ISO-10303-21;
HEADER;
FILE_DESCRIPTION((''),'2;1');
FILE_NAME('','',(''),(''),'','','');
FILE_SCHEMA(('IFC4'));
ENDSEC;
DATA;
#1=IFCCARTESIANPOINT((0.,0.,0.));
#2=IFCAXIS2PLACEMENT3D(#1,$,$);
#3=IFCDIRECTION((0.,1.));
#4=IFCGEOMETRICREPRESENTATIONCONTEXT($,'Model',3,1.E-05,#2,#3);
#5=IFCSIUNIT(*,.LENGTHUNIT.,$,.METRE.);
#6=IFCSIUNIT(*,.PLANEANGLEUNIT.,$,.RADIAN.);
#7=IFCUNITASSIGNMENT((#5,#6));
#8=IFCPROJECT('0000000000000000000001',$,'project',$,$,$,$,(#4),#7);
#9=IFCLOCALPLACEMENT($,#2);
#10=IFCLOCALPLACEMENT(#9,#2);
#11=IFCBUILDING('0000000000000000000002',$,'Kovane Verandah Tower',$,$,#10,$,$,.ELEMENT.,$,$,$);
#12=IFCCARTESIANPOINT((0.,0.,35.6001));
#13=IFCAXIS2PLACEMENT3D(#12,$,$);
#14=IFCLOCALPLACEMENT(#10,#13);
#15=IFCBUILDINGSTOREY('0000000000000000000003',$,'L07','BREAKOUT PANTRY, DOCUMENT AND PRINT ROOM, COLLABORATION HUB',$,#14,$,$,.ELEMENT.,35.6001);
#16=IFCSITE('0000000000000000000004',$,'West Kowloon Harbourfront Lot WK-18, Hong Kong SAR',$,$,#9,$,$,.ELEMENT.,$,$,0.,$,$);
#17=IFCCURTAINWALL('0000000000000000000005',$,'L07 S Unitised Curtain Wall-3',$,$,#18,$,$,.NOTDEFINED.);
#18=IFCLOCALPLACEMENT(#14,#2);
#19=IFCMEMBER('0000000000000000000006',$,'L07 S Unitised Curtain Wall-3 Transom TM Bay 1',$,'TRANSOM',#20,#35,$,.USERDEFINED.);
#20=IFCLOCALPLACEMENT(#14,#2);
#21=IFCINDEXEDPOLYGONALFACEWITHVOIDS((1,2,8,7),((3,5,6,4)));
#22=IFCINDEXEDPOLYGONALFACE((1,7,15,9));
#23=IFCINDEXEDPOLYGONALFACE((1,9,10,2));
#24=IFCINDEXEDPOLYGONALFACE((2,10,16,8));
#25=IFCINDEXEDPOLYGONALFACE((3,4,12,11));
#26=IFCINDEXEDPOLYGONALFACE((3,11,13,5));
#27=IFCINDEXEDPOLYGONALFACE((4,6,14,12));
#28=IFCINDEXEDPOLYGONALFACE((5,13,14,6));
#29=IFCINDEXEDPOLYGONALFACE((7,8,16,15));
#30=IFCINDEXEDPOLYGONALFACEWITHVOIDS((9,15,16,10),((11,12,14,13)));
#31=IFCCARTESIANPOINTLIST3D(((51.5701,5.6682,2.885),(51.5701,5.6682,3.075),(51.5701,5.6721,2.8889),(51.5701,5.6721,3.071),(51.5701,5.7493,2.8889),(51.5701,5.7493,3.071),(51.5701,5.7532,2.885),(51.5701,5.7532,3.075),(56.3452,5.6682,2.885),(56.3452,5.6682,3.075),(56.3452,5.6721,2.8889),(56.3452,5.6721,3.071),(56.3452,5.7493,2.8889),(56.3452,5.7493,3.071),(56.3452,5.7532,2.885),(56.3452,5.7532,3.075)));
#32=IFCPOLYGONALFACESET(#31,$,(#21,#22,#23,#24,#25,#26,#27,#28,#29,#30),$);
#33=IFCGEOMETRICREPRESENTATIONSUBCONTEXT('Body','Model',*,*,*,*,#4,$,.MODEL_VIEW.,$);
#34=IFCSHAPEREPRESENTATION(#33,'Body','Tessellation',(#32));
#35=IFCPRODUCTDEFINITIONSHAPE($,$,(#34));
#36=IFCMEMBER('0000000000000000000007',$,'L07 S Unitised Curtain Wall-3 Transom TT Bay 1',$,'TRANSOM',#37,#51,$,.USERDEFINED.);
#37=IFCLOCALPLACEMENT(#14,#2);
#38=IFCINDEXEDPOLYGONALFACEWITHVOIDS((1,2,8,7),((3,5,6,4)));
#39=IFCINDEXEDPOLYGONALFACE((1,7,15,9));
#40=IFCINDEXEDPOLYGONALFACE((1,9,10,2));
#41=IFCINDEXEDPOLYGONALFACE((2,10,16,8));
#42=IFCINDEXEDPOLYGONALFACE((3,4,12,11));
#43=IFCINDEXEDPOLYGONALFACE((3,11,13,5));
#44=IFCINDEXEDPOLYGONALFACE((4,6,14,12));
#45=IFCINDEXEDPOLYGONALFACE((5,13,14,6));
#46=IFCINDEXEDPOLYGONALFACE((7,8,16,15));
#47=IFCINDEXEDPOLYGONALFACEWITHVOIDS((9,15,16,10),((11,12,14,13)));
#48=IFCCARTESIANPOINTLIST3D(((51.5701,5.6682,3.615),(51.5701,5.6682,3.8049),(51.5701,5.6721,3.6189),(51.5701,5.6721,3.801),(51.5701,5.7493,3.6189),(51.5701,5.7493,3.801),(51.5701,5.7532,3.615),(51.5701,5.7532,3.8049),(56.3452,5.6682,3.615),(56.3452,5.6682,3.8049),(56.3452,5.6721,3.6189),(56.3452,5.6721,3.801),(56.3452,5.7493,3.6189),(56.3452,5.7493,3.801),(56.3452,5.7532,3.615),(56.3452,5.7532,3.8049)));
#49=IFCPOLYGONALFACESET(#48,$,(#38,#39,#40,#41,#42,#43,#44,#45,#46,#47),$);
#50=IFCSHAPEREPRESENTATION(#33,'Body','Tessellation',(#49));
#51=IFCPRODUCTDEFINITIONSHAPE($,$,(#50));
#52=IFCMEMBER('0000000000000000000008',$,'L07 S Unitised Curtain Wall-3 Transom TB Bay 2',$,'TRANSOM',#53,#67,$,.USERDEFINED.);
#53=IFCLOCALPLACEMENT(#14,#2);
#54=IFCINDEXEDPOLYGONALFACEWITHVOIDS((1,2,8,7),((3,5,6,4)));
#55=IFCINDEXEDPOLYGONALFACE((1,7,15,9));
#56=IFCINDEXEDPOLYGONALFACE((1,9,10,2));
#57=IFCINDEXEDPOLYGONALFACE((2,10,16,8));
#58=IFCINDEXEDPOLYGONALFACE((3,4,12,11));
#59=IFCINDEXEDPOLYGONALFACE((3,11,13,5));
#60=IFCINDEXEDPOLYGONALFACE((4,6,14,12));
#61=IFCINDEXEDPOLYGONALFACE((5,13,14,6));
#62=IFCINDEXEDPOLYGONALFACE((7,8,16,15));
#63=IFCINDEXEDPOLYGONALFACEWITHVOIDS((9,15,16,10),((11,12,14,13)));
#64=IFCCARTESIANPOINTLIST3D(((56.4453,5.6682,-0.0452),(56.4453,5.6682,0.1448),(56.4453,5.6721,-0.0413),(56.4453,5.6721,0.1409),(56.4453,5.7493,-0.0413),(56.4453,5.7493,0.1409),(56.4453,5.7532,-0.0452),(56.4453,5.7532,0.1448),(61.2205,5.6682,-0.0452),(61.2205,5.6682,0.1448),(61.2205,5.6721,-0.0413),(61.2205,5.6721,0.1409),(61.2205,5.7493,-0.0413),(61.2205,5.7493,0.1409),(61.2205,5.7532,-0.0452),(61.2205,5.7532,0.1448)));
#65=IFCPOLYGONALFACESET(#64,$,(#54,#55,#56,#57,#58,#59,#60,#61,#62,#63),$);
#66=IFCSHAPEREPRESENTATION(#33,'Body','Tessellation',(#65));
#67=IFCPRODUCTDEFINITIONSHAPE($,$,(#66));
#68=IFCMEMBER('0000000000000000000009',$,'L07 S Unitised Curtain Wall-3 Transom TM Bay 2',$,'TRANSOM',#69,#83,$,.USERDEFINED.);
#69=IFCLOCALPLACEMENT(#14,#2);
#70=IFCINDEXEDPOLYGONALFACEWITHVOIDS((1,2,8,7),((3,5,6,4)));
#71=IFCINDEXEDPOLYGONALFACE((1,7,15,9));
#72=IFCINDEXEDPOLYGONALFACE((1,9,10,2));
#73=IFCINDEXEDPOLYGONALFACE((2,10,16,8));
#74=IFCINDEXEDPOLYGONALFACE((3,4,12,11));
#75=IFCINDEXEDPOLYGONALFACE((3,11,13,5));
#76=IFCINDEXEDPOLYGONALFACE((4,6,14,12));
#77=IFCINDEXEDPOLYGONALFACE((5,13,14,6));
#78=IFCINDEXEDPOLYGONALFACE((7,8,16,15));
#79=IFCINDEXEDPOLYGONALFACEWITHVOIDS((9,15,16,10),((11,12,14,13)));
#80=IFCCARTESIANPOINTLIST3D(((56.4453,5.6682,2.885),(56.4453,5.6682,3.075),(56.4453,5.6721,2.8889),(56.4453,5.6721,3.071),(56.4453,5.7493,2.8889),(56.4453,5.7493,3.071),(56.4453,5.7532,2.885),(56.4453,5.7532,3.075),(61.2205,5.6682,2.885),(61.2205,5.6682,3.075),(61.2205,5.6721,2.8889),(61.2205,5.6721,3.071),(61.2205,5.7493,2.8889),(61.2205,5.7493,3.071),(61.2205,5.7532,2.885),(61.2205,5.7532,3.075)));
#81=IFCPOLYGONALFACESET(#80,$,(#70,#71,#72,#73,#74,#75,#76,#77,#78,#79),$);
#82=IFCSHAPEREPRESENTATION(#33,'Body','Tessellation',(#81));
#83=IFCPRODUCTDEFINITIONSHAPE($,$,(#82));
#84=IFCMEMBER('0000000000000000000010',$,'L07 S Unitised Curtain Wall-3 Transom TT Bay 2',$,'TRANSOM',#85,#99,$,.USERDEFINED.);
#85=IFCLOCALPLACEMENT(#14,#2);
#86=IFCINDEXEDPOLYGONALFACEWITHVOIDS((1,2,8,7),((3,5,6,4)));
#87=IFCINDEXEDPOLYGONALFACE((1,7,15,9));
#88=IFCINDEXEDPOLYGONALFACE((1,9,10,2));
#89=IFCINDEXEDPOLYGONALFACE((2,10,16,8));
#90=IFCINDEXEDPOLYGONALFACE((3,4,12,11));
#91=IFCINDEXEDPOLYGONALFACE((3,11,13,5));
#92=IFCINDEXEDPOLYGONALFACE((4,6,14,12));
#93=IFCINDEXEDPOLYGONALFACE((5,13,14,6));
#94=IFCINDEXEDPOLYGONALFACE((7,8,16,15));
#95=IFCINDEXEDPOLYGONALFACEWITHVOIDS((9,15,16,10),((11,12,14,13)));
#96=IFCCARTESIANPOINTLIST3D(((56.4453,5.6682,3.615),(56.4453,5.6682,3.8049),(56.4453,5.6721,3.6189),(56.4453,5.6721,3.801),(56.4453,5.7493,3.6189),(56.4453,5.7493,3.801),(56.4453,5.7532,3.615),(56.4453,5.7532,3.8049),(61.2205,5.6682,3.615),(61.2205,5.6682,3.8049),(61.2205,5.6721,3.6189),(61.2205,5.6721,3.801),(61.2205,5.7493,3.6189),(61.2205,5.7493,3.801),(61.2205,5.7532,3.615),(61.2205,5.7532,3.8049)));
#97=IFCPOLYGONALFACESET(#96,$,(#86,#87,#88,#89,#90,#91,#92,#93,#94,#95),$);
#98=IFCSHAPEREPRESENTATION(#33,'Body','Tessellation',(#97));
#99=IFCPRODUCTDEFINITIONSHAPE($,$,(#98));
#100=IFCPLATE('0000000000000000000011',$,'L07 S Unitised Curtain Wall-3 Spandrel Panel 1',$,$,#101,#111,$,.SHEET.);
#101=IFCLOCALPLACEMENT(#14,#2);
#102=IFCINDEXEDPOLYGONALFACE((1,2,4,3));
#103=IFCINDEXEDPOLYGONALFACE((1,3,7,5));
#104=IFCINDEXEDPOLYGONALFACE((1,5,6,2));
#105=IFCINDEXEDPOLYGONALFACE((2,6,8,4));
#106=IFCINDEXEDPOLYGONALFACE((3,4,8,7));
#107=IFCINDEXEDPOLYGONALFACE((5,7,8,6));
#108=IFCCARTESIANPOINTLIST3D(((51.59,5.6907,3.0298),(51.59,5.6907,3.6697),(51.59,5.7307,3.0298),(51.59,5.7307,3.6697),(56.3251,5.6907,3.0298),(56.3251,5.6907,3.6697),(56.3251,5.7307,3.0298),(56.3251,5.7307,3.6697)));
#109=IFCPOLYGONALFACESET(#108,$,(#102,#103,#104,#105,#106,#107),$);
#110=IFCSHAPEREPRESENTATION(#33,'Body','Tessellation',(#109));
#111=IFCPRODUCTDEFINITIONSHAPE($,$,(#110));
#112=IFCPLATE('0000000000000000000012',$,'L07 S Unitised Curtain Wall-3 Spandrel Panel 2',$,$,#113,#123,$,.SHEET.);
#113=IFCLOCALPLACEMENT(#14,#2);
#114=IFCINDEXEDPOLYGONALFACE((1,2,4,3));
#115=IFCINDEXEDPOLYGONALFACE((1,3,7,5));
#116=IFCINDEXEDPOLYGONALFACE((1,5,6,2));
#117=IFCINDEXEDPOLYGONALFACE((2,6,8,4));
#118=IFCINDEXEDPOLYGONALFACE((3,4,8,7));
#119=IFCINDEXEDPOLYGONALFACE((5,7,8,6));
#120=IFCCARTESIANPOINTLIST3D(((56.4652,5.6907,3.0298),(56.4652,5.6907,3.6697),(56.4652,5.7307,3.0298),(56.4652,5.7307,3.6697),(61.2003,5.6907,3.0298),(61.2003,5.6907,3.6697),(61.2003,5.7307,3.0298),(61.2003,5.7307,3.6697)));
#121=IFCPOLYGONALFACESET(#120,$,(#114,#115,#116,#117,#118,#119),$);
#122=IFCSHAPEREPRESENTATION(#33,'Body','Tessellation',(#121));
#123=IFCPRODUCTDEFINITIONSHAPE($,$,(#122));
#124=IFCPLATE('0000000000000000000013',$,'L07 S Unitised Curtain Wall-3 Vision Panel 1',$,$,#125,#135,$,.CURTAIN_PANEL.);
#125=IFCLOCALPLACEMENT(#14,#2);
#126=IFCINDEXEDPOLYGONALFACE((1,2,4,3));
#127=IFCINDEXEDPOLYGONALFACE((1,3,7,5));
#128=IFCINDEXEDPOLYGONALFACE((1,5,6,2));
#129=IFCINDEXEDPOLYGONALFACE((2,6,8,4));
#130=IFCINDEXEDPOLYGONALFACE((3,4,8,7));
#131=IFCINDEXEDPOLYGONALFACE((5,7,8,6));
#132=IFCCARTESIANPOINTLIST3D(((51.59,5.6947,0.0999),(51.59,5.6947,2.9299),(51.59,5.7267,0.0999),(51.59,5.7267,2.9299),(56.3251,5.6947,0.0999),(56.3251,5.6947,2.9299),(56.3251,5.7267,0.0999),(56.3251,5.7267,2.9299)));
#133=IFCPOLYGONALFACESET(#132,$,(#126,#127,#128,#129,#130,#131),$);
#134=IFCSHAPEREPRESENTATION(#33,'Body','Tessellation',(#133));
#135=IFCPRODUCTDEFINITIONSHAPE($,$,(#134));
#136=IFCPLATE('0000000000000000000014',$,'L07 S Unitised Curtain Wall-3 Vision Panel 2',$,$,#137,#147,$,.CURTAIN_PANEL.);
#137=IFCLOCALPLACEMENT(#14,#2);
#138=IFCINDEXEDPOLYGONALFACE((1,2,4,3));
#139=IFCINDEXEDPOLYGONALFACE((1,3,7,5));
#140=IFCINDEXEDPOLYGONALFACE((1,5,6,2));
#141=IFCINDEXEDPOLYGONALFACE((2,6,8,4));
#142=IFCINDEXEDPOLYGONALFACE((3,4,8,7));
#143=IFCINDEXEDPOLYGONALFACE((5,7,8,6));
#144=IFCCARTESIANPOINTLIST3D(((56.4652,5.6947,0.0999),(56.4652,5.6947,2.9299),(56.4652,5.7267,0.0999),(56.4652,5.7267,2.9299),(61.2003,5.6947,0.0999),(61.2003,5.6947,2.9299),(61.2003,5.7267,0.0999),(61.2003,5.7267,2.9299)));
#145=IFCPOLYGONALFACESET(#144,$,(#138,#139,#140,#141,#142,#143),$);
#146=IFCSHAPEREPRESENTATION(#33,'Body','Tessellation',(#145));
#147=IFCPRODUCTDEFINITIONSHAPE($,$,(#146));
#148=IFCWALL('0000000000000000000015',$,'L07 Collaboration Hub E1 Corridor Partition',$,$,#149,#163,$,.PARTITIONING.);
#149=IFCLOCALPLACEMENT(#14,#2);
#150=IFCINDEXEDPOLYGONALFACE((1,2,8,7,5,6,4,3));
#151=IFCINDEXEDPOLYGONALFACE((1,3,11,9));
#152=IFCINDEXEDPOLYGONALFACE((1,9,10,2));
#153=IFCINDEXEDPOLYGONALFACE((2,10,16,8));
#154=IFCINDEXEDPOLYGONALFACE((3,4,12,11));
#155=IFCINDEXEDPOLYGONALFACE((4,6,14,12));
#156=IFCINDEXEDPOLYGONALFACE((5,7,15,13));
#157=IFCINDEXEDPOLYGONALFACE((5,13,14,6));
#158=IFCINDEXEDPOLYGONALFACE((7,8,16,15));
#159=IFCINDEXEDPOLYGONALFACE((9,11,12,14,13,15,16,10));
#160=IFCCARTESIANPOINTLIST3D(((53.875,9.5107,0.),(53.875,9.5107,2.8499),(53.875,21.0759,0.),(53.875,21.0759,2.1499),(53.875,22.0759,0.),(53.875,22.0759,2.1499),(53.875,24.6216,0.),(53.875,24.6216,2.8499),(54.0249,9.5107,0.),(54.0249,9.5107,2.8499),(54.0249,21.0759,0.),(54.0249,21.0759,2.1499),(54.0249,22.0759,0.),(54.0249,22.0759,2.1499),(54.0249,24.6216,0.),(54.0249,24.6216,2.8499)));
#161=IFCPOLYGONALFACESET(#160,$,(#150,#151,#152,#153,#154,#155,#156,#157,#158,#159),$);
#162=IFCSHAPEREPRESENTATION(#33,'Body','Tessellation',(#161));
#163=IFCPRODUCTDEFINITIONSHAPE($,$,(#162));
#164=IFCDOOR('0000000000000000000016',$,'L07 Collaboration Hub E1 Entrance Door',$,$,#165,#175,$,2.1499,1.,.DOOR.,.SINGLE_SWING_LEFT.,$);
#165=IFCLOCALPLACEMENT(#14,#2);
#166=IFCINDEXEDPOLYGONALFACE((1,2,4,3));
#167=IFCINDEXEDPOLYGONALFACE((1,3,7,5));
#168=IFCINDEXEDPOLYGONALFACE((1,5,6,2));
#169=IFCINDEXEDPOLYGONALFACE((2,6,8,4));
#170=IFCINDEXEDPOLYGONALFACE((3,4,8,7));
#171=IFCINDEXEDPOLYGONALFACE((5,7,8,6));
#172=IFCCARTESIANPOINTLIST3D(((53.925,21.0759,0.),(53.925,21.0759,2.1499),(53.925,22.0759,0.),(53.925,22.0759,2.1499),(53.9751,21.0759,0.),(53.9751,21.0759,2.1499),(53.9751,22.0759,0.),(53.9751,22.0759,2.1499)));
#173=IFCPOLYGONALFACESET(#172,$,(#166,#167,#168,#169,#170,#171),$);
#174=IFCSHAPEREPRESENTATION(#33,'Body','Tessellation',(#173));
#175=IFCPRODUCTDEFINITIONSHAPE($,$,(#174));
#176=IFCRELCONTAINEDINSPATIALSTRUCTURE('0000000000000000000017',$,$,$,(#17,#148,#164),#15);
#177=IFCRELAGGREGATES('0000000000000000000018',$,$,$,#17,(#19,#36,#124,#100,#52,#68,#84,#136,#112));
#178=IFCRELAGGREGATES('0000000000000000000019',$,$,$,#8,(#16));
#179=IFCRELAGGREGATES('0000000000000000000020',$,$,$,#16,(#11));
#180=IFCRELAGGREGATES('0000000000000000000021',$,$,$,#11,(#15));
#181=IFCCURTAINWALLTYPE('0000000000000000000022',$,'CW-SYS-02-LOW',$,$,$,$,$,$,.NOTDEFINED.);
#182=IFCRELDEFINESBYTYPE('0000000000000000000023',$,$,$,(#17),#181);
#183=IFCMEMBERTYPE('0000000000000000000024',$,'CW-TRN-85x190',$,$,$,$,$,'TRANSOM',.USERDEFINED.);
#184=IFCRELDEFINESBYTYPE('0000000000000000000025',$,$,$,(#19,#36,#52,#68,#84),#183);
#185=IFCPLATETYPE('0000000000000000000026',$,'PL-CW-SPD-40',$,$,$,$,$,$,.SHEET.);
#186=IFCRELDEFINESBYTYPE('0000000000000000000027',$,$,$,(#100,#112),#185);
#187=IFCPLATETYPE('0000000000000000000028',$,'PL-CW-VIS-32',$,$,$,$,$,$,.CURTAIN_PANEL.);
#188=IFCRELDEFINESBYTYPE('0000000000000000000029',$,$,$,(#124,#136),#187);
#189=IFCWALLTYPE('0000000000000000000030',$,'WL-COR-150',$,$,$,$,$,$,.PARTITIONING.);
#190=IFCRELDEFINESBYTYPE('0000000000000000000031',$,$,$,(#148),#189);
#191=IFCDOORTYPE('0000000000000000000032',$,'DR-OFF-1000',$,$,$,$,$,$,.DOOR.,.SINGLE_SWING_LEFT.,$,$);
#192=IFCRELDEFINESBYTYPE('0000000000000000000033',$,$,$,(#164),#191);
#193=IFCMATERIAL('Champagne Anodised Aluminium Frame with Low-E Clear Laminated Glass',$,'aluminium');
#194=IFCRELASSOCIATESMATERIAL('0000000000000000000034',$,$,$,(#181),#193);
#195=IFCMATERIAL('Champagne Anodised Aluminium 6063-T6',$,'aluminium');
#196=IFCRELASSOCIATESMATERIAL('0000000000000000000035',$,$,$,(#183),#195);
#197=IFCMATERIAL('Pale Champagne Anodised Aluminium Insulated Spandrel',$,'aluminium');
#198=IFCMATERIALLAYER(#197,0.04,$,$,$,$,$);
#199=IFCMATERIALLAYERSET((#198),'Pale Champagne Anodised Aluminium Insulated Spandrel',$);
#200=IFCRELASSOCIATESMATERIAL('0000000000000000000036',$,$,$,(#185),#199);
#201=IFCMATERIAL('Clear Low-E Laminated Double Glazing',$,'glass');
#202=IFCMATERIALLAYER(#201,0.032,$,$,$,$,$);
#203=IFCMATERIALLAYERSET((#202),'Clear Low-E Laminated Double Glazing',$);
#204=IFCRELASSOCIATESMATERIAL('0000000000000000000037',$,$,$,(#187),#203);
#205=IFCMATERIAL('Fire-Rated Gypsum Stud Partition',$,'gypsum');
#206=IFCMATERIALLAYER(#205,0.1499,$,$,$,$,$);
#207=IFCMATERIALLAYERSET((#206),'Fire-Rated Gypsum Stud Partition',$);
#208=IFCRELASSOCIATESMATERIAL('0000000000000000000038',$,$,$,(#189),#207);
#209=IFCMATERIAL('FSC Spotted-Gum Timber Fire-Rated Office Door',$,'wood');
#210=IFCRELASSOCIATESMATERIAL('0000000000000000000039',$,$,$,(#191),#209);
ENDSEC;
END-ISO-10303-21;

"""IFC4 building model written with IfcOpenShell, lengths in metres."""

from ifc_helpers import new_model, si_unit, direction, frame, frame_2d, origin, origin_2d, place, context, subcontext, project, spatial, rectangle, hollow_rectangle, extrude, material, layer, layer_set, material_profile, profile_set, type_object, element, fill, aggregate, save


model = new_model("IFC4")

# Units and contexts
model_context = context("Model", 3, precision=1e-05, world=origin(), true_north=direction((0.0, 1.0)))
body_context = subcontext(model_context, "Body", "Model", "MODEL_VIEW")
ifc_project = project(units=[si_unit("LENGTHUNIT", "METRE"), si_unit("PLANEANGLEUNIT", "RADIAN")], contexts=[model_context])

# Site, building, storey
site_placement = place(None, origin())
site = spatial("IfcSite", under=ifc_project, at=site_placement, Name="West Kowloon Harbourfront Lot WK-18, Hong Kong SAR", CompositionType="ELEMENT", RefElevation=0.0)
building_placement = place(site_placement, origin())
building = spatial("IfcBuilding", under=site, at=building_placement, Name="Kovane Verandah Tower", CompositionType="ELEMENT")
storey_placement = place(building_placement, frame((0.0, 0.0, 35.6001)))
storey = spatial("IfcBuildingStorey", under=building, at=storey_placement, Name="L07", Description="BREAKOUT PANTRY, DOCUMENT AND PRINT ROOM, COLLABORATION HUB", CompositionType="ELEMENT", Elevation=35.6001)

# Curtain wall, members, plates
ifc_material_1 = material(Name="Champagne Anodised Aluminium Frame with Low-E Clear Laminated Glass", Category="aluminium")
curtain_wall_type = type_object("IfcCurtainWallType", Name="CW-SYS-02-LOW", PredefinedType="NOTDEFINED", material=ifc_material_1)
curtain_wall_placement = place(storey_placement, origin())
curtain_wall = element("IfcCurtainWall", 1, at=curtain_wall_placement, inside=storey, type_object=curtain_wall_type, Name="L07 S Unitised Curtain Wall-3", PredefinedType="NOTDEFINED")
ifc_material_2 = material(Name="Champagne Anodised Aluminium 6063-T6", Category="aluminium")
ifc_material_profile_1 = material_profile(ifc_material_2, hollow_rectangle(XDim=0.085, YDim=0.1899, WallThickness=0.0039, at=origin_2d()), Name="AL85x190x4")
ifc_profile_set_1 = profile_set([ifc_material_profile_1], Name="Champagne Anodised Aluminium 6063-T6")
member_type_1 = type_object("IfcMemberType", Name="CW-TRN-85x190", ElementType="TRANSOM", PredefinedType="USERDEFINED", material=ifc_profile_set_1)
member_1_placement = place(storey_placement, frame((51.5701, 5.7107, 2.98), z_axis=(1.0, 0.0, 0.0), x_axis=(0.0, 1.0, 0.0)))
member_1 = element("IfcMember", 2, at=member_1_placement, type_object=member_type_1, Name="L07 S Unitised Curtain Wall-3 Transom TM Bay 1", ObjectType="TRANSOM", PredefinedType="USERDEFINED", context=body_context, shape_type="SweptSolid", body=[
    extrude(hollow_rectangle(XDim=0.085, YDim=0.1899, WallThickness=0.0039, at=origin_2d()), origin(), (0.0, 0.0, 1.0), 4.7751),
])
member_2_placement = place(storey_placement, frame((51.5701, 5.7107, 3.71), z_axis=(1.0, 0.0, 0.0), x_axis=(0.0, 1.0, 0.0)))
member_2 = element("IfcMember", 3, at=member_2_placement, type_object=member_type_1, Name="L07 S Unitised Curtain Wall-3 Transom TT Bay 1", ObjectType="TRANSOM", PredefinedType="USERDEFINED", context=body_context, shape_type="SweptSolid", body=[
    extrude(hollow_rectangle(XDim=0.085, YDim=0.1899, WallThickness=0.0039, at=origin_2d()), origin(), (0.0, 0.0, 1.0), 4.7751),
])
member_3_placement = place(storey_placement, frame((56.4453, 5.7107, 0.0498), z_axis=(1.0, 0.0, 0.0), x_axis=(0.0, 1.0, 0.0)))
member_3 = element("IfcMember", 4, at=member_3_placement, type_object=member_type_1, Name="L07 S Unitised Curtain Wall-3 Transom TB Bay 2", ObjectType="TRANSOM", PredefinedType="USERDEFINED", context=body_context, shape_type="SweptSolid", body=[
    extrude(hollow_rectangle(XDim=0.085, YDim=0.1899, WallThickness=0.0039, at=origin_2d()), origin(), (0.0, 0.0, 1.0), 4.7751),
])
member_4_placement = place(storey_placement, frame((56.4453, 5.7107, 2.98), z_axis=(1.0, 0.0, 0.0), x_axis=(0.0, 1.0, 0.0)))
member_4 = element("IfcMember", 5, at=member_4_placement, type_object=member_type_1, Name="L07 S Unitised Curtain Wall-3 Transom TM Bay 2", ObjectType="TRANSOM", PredefinedType="USERDEFINED", context=body_context, shape_type="SweptSolid", body=[
    extrude(hollow_rectangle(XDim=0.085, YDim=0.1899, WallThickness=0.0039, at=origin_2d()), origin(), (0.0, 0.0, 1.0), 4.7751),
])
member_5_placement = place(storey_placement, frame((56.4453, 5.7107, 3.71), z_axis=(1.0, 0.0, 0.0), x_axis=(0.0, 1.0, 0.0)))
member_5 = element("IfcMember", 6, at=member_5_placement, type_object=member_type_1, Name="L07 S Unitised Curtain Wall-3 Transom TT Bay 2", ObjectType="TRANSOM", PredefinedType="USERDEFINED", context=body_context, shape_type="SweptSolid", body=[
    extrude(hollow_rectangle(XDim=0.085, YDim=0.1899, WallThickness=0.0039, at=origin_2d()), origin(), (0.0, 0.0, 1.0), 4.7751),
])
ifc_material_3 = material(Name="Pale Champagne Anodised Aluminium Insulated Spandrel", Category="aluminium")
ifc_layer_1 = layer(ifc_material_3, 0.04)
ifc_layer_set_1 = layer_set([ifc_layer_1], Name="Pale Champagne Anodised Aluminium Insulated Spandrel")
plate_type_1 = type_object("IfcPlateType", Name="PL-CW-SPD-40", PredefinedType="SHEET", material=ifc_layer_set_1)
plate_1_placement = place(storey_placement, frame((53.9575, 5.7107, 3.0298), z_axis=(0.0, 0.0, 1.0), x_axis=(1.0, 0.0, 0.0)))
plate_1 = element("IfcPlate", 7, at=plate_1_placement, type_object=plate_type_1, Name="L07 S Unitised Curtain Wall-3 Spandrel Panel 1", PredefinedType="SHEET", context=body_context, shape_type="SweptSolid", body=[
    extrude(rectangle(XDim=4.7351, YDim=0.04, at=origin_2d()), origin(), (0.0, 0.0, 1.0), 0.6399),
])
plate_2_placement = place(storey_placement, frame((58.8328, 5.7107, 3.0298), z_axis=(0.0, 0.0, 1.0), x_axis=(1.0, 0.0, 0.0)))
plate_2 = element("IfcPlate", 8, at=plate_2_placement, type_object=plate_type_1, Name="L07 S Unitised Curtain Wall-3 Spandrel Panel 2", PredefinedType="SHEET", context=body_context, shape_type="SweptSolid", body=[
    extrude(rectangle(XDim=4.7351, YDim=0.04, at=origin_2d()), origin(), (0.0, 0.0, 1.0), 0.6399),
])
ifc_material_4 = material(Name="Clear Low-E Laminated Double Glazing", Category="glass")
ifc_layer_2 = layer(ifc_material_4, 0.032)
ifc_layer_set_2 = layer_set([ifc_layer_2], Name="Clear Low-E Laminated Double Glazing")
plate_type_2 = type_object("IfcPlateType", Name="PL-CW-VIS-32", PredefinedType="CURTAIN_PANEL", material=ifc_layer_set_2)
plate_3_placement = place(storey_placement, frame((53.9575, 5.7107, 0.0999), z_axis=(0.0, 0.0, 1.0), x_axis=(1.0, 0.0, 0.0)))
plate_3 = element("IfcPlate", 9, at=plate_3_placement, type_object=plate_type_2, Name="L07 S Unitised Curtain Wall-3 Vision Panel 1", PredefinedType="CURTAIN_PANEL", context=body_context, shape_type="SweptSolid", body=[
    extrude(rectangle(XDim=4.7351, YDim=0.032, at=origin_2d()), origin(), (0.0, 0.0, 1.0), 2.8301),
])
plate_4_placement = place(storey_placement, frame((58.8328, 5.7107, 0.0999), z_axis=(0.0, 0.0, 1.0), x_axis=(1.0, 0.0, 0.0)))
plate_4 = element("IfcPlate", 10, at=plate_4_placement, type_object=plate_type_2, Name="L07 S Unitised Curtain Wall-3 Vision Panel 2", PredefinedType="CURTAIN_PANEL", context=body_context, shape_type="SweptSolid", body=[
    extrude(rectangle(XDim=4.7351, YDim=0.032, at=origin_2d()), origin(), (0.0, 0.0, 1.0), 2.8301),
])
aggregate(curtain_wall, [member_1, member_2, plate_3, plate_1, member_3, member_4, member_5, plate_4, plate_2])

# Wall, opening, door
ifc_material_5 = material(Name="Fire-Rated Gypsum Stud Partition", Category="gypsum")
ifc_layer_3 = layer(ifc_material_5, 0.1499)
ifc_layer_set_3 = layer_set([ifc_layer_3], Name="Fire-Rated Gypsum Stud Partition")
wall_type_1 = type_object("IfcWallType", Name="WL-COR-150", PredefinedType="PARTITIONING", material=ifc_layer_set_3)
wall_1_placement = place(storey_placement, frame((53.95, 9.5107, 0.0), z_axis=(0.0, 0.0, 1.0), x_axis=(0.0, 1.0, 0.0)))
wall_1 = element("IfcWall", 11, at=wall_1_placement, inside=storey, type_object=wall_type_1, Name="L07 Collaboration Hub E1 Corridor Partition", PredefinedType="PARTITIONING", context=body_context, shape_type="SweptSolid", body=[
    extrude(rectangle(XDim=15.1108, YDim=0.1499, at=frame_2d((7.5554, 0.0))), origin(), (0.0, 0.0, 1.0), 2.8499),
])
opening_1_placement = place(wall_1_placement, frame((11.5652, 0.0, 0.0)))
opening_1 = element("IfcOpeningElement", 12, at=opening_1_placement, cuts=wall_1, PredefinedType="OPENING", context=body_context, shape_type="SweptSolid", body=[
    extrude(rectangle(XDim=1.0, YDim=2.1499, at=frame_2d((0.5, 1.075))), frame((0.0, 0.075, 0.0), z_axis=(0.0, -1.0, 0.0), x_axis=(1.0, 0.0, 0.0)), (0.0, 0.0, 1.0), 0.1499),
])
ifc_material_6 = material(Name="FSC Spotted-Gum Timber Fire-Rated Office Door", Category="wood")
door_type_1 = type_object("IfcDoorType", Name="DR-OFF-1000", OperationType="SINGLE_SWING_LEFT", PredefinedType="DOOR", material=ifc_material_6)
door_1_placement = place(opening_1_placement, origin())
door_1 = element("IfcDoor", 13, at=door_1_placement, inside=storey, type_object=door_type_1, Name="L07 Collaboration Hub E1 Entrance Door", OperationType="SINGLE_SWING_LEFT", OverallHeight=2.1499, OverallWidth=1.0, PredefinedType="DOOR", context=body_context, shape_type="SweptSolid", body=[
    extrude(rectangle(XDim=1.0, YDim=2.1499, at=frame_2d((0.5, 1.075))), frame((0.0, 0.0249, 0.0), z_axis=(0.0, -1.0, 0.0), x_axis=(1.0, 0.0, 0.0)), (0.0, 0.0, 1.0), 0.05),
])
fill(opening_1, door_1)

save(model, "model.ifc")
